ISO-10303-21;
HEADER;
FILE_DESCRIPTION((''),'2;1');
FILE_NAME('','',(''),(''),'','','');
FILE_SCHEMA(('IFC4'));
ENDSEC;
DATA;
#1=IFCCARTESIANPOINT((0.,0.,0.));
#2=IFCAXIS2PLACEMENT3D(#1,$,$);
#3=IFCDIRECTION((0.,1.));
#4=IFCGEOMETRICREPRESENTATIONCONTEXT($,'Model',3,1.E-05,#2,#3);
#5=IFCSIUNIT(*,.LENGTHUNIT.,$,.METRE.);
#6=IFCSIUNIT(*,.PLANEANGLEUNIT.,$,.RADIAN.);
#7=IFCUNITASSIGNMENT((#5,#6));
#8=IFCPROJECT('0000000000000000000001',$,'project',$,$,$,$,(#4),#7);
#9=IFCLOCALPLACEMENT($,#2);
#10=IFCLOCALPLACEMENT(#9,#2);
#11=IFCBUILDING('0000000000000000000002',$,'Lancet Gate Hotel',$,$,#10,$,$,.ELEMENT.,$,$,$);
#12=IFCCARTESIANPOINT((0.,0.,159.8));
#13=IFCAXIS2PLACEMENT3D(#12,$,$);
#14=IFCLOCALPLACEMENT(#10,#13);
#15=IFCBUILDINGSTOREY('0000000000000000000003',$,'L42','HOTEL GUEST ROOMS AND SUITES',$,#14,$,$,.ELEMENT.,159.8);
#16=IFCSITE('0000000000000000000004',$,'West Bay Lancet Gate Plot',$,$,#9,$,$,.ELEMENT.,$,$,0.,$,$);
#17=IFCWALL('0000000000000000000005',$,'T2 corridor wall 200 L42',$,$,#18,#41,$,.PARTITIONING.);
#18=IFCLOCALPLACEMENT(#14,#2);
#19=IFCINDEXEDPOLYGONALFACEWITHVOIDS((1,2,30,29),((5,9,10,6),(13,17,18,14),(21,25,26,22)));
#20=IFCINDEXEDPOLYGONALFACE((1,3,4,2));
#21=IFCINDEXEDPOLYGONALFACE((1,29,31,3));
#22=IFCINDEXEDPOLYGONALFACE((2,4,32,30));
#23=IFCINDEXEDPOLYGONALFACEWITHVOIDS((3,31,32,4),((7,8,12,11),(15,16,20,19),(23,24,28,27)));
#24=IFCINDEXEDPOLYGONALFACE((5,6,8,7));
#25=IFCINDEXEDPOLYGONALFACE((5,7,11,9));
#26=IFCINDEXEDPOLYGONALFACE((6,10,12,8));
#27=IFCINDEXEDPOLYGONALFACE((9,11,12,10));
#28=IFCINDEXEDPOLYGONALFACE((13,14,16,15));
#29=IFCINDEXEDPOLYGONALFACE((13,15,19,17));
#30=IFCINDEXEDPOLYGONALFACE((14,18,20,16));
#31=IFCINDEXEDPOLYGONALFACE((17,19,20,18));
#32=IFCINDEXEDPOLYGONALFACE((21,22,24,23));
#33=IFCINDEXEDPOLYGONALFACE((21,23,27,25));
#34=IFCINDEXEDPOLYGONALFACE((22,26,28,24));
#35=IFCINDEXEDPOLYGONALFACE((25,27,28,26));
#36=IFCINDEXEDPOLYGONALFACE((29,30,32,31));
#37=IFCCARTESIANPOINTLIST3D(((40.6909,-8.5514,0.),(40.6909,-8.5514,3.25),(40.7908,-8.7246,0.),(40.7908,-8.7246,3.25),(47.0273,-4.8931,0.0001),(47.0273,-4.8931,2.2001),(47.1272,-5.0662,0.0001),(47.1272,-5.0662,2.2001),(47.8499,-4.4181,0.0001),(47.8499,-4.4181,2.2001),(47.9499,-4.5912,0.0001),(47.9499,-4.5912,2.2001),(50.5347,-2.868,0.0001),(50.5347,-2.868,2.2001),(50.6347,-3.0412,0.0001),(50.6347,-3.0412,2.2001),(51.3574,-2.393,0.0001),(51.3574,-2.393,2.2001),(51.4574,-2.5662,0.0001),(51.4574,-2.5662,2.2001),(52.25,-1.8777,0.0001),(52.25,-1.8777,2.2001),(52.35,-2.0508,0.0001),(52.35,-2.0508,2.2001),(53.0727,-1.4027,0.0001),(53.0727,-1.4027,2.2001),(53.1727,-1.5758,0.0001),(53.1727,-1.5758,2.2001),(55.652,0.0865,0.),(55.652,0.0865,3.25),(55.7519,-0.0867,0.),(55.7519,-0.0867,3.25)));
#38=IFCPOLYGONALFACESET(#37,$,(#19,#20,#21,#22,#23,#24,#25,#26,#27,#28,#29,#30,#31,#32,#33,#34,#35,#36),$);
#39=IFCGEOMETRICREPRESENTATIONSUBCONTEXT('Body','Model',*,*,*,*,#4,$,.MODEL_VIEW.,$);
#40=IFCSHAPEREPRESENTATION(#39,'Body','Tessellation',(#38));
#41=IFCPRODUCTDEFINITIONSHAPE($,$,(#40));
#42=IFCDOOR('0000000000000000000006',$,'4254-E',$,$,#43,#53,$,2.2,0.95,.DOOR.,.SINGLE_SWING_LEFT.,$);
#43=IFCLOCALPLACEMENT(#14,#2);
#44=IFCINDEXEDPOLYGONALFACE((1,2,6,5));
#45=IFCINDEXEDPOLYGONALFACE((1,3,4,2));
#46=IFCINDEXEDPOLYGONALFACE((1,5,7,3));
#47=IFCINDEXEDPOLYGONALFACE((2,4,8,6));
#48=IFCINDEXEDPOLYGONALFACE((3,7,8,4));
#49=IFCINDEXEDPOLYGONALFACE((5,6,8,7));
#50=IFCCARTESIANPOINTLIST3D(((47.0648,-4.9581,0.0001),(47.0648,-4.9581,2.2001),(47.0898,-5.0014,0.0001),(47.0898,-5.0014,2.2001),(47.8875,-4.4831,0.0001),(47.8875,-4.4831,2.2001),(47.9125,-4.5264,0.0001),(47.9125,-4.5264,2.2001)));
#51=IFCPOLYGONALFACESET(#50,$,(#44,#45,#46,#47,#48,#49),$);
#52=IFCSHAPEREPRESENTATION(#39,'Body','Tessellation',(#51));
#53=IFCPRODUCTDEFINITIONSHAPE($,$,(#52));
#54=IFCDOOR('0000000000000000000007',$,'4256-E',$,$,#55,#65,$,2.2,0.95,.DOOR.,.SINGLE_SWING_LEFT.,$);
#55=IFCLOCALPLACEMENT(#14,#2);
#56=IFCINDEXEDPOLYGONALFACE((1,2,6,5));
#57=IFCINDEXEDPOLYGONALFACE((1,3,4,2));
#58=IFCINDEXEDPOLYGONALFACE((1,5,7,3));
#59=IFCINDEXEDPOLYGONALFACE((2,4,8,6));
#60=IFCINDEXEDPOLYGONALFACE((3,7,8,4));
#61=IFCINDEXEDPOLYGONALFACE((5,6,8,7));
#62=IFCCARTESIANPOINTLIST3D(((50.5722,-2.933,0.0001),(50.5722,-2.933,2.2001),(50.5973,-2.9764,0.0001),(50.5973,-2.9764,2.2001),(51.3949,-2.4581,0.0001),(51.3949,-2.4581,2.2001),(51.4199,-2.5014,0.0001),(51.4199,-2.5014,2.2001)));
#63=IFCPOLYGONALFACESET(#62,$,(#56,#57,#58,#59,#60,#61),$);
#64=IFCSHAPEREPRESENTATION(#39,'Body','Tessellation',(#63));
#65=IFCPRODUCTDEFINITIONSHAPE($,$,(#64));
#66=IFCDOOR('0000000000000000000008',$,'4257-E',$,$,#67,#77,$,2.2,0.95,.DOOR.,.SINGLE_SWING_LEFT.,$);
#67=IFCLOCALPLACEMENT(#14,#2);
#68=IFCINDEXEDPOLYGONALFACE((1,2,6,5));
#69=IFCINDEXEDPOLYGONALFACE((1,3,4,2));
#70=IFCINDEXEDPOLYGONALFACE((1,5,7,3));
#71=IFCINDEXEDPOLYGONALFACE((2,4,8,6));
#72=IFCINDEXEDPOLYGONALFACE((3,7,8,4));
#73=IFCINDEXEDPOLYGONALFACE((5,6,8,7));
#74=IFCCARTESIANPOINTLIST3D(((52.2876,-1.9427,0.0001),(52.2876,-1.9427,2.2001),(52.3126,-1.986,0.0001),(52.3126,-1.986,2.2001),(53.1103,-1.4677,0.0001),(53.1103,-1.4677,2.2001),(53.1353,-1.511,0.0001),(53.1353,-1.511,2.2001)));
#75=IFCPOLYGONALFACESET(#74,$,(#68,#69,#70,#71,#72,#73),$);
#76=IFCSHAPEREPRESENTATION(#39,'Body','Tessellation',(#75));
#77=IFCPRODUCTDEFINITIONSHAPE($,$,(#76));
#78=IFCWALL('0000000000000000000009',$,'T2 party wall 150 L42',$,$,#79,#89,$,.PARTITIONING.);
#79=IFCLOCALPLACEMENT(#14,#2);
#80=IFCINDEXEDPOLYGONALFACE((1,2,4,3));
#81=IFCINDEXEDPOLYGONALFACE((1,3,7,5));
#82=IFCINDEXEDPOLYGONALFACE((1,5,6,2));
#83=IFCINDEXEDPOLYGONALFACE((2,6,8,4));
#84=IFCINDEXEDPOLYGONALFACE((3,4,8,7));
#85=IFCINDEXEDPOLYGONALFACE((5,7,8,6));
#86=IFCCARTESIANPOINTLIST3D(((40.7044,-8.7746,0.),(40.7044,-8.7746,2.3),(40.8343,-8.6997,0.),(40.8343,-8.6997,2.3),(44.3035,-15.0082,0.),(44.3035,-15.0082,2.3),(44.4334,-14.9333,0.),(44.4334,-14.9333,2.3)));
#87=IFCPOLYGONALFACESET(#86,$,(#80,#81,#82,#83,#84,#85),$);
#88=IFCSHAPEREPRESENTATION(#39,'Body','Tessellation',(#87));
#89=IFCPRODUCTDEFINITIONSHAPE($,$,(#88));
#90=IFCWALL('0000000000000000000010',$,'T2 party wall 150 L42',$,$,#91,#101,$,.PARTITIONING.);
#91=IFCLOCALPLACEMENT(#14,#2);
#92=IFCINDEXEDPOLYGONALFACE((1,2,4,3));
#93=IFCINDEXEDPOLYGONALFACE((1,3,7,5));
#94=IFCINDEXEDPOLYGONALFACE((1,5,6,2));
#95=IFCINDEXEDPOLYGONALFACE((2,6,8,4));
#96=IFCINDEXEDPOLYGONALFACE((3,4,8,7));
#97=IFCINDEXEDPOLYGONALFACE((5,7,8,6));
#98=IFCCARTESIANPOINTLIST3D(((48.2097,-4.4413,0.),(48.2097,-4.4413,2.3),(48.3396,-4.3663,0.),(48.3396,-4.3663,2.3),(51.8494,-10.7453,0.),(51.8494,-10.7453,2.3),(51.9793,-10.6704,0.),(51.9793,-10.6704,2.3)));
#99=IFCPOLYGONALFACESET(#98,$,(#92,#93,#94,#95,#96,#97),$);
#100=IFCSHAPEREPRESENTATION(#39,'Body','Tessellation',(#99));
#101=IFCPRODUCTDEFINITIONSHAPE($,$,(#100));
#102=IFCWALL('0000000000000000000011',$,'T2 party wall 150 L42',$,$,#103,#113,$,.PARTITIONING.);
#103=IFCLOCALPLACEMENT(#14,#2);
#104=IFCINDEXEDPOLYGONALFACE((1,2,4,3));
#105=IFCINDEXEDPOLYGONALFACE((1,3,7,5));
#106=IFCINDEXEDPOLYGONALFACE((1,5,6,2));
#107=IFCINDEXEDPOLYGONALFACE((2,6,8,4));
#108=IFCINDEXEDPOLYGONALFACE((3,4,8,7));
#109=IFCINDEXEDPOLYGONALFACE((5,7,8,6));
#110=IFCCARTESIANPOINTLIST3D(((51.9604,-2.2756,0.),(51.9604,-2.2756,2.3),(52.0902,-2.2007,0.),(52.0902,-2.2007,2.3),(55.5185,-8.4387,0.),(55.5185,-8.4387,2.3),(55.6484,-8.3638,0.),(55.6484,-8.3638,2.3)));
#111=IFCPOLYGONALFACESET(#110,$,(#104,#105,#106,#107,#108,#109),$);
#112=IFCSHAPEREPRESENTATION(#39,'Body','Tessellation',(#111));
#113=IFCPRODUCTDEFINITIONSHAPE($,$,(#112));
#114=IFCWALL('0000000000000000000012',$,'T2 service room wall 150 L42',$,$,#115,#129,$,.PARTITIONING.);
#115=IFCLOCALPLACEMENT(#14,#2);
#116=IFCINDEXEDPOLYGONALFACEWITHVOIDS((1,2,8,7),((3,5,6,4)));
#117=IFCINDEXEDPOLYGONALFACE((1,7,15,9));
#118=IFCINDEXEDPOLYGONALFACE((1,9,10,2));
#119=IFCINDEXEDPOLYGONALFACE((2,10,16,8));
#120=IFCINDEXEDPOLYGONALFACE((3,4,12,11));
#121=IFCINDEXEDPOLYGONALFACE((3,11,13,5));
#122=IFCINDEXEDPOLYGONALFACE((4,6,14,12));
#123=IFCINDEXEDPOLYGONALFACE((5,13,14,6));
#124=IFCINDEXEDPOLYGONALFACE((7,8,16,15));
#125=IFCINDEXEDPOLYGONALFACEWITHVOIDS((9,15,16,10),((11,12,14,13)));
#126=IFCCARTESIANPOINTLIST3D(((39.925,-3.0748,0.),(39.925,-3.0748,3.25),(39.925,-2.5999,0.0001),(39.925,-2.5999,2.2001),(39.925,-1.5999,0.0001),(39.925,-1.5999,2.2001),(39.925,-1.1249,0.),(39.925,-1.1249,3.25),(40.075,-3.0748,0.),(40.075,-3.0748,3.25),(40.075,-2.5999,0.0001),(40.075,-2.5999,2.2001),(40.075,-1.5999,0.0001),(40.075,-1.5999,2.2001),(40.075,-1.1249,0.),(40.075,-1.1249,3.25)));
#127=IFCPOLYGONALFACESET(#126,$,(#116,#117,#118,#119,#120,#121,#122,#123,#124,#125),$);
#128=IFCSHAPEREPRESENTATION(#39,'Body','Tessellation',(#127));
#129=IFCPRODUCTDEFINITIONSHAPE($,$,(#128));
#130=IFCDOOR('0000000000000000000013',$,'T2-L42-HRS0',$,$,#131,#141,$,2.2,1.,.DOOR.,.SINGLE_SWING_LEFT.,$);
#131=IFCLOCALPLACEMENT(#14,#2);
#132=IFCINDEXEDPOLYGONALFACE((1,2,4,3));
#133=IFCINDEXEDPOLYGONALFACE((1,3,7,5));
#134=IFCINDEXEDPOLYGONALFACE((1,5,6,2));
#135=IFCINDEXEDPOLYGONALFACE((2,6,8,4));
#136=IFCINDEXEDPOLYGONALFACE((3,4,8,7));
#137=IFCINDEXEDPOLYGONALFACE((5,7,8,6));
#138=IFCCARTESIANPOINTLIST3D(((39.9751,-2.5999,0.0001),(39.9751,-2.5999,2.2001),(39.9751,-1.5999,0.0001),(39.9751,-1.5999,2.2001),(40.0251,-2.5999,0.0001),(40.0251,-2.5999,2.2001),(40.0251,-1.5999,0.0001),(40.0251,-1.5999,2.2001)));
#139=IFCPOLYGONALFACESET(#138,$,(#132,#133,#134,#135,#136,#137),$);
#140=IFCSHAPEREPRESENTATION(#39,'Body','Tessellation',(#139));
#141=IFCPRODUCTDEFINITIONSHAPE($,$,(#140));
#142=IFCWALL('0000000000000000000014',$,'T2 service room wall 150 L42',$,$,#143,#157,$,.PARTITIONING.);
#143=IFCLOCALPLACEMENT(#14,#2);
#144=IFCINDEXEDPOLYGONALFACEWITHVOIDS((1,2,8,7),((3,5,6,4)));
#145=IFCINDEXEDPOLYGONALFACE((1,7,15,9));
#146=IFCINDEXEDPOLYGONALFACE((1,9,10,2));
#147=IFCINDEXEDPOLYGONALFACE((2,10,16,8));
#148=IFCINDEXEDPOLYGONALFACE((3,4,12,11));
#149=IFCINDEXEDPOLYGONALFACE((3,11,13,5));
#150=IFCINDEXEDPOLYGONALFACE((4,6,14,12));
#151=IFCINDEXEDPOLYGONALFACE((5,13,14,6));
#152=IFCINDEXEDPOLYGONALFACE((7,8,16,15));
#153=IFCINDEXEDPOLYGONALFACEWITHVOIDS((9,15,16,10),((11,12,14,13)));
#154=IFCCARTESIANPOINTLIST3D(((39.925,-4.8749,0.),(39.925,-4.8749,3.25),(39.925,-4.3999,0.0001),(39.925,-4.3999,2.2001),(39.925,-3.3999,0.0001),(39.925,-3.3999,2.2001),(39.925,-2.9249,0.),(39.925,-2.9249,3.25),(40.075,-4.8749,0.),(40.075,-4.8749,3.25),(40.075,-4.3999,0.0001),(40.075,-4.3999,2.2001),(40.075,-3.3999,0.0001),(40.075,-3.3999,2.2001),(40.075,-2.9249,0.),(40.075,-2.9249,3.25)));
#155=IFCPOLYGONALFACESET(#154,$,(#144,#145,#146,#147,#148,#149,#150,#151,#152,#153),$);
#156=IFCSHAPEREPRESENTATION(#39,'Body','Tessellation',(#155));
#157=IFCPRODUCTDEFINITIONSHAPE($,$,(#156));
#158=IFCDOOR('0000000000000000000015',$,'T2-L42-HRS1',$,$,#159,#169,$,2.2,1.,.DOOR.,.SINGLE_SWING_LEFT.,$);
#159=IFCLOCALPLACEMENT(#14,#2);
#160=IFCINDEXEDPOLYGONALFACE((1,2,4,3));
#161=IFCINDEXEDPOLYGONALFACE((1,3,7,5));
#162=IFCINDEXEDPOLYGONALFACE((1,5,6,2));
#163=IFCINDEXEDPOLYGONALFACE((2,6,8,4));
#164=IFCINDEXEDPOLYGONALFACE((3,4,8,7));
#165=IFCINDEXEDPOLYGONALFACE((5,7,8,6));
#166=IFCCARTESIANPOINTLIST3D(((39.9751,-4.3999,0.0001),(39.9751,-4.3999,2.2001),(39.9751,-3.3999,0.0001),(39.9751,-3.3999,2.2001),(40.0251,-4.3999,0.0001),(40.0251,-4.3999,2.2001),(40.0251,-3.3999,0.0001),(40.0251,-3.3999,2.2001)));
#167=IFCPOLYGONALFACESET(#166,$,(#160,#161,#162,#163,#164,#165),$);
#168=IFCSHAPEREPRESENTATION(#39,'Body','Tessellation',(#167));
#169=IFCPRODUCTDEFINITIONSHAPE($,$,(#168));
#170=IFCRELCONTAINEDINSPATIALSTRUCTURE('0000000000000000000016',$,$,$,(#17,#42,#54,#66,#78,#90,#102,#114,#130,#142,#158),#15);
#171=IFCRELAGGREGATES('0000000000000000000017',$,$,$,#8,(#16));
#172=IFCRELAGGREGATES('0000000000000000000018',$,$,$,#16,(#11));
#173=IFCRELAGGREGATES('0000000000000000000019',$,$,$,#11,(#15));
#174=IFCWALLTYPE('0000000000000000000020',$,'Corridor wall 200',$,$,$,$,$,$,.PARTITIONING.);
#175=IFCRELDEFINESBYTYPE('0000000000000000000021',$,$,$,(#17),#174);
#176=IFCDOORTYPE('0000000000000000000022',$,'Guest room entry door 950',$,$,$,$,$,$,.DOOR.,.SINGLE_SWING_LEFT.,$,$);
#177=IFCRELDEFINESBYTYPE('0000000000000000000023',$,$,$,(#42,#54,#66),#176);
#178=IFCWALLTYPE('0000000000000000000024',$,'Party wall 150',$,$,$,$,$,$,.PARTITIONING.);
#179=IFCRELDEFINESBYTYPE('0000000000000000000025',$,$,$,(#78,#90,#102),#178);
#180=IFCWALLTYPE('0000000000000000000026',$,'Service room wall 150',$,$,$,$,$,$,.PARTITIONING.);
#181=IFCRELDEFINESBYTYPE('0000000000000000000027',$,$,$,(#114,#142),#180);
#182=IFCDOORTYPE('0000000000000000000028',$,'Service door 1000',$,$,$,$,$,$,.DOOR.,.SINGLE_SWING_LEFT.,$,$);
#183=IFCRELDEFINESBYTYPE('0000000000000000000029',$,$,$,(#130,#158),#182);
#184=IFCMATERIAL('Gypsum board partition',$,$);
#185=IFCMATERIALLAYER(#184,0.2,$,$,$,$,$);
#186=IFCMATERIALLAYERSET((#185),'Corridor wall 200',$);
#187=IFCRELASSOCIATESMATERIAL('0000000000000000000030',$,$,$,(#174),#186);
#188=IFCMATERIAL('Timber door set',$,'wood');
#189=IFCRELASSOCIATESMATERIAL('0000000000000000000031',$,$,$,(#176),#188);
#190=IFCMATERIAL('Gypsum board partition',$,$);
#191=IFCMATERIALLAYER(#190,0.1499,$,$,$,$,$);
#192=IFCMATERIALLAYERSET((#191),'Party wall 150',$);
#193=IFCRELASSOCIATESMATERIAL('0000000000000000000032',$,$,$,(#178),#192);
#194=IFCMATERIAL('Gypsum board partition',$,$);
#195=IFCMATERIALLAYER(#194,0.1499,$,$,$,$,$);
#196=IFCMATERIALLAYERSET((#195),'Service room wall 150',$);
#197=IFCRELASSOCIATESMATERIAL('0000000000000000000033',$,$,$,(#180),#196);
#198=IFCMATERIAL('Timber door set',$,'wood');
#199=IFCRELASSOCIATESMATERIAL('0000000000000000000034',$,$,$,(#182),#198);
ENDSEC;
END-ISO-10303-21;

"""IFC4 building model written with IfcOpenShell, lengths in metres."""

from ifc_helpers import new_model, si_unit, direction, frame, frame_2d, origin, place, context, subcontext, project, spatial, rectangle, extrude, material, layer, layer_set, type_object, element, fill, save


model = new_model("IFC4")

# Units and contexts
model_context = context("Model", 3, precision=1e-05, world=origin(), true_north=direction((0.0, 1.0)))
body_context = subcontext(model_context, "Body", "Model", "MODEL_VIEW")
ifc_project = project(units=[si_unit("LENGTHUNIT", "METRE"), si_unit("PLANEANGLEUNIT", "RADIAN")], contexts=[model_context])

# Site, building, storey
site_placement = place(None, origin())
site = spatial("IfcSite", under=ifc_project, at=site_placement, Name="West Bay Lancet Gate Plot", CompositionType="ELEMENT", RefElevation=0.0)
building_placement = place(site_placement, origin())
building = spatial("IfcBuilding", under=site, at=building_placement, Name="Lancet Gate Hotel", CompositionType="ELEMENT")
storey_placement = place(building_placement, frame((0.0, 0.0, 159.8)))
storey = spatial("IfcBuildingStorey", under=building, at=storey_placement, Name="L42", Description="HOTEL GUEST ROOMS AND SUITES", CompositionType="ELEMENT", Elevation=159.8)

# Wall, openings, doors
ifc_material_1 = material(Name="Gypsum board partition")
ifc_layer_1 = layer(ifc_material_1, 0.2)
ifc_layer_set_1 = layer_set([ifc_layer_1], Name="Corridor wall 200")
wall_type_1 = type_object("IfcWallType", Name="Corridor wall 200", PredefinedType="PARTITIONING", material=ifc_layer_set_1)
wall_1_placement = place(storey_placement, frame((40.741, -8.6379, 0.0), z_axis=(0.0, 0.0, 1.0), x_axis=(0.866023, 0.500004, 0.0)))
wall_1 = element("IfcWall", 1, at=wall_1_placement, inside=storey, type_object=wall_type_1, Name="T2 corridor wall 200 L42", PredefinedType="PARTITIONING", context=body_context, shape_type="SweptSolid", body=[
    extrude(rectangle(XDim=17.2756, YDim=0.2, at=frame_2d((8.6377, 0.0))), origin(), (0.0, 0.0, 1.0), 3.25),
])
opening_1_placement = place(wall_1_placement, frame((7.3164, 0.0, 0.0)))
opening_1 = element("IfcOpeningElement", 2, at=opening_1_placement, cuts=wall_1, PredefinedType="OPENING", context=body_context, shape_type="SweptSolid", body=[
    extrude(rectangle(XDim=0.95, YDim=2.2, at=frame_2d((0.4751, 1.1001))), frame((0.0, 0.1099, 0.0), z_axis=(0.0, -1.0, 0.0), x_axis=(1.0, 0.0, 0.0)), (0.0, 0.0, 1.0), 0.22),
])
opening_2_placement = place(wall_1_placement, frame((11.3665, 0.0, 0.0)))
opening_2 = element("IfcOpeningElement", 3, at=opening_2_placement, cuts=wall_1, PredefinedType="OPENING", context=body_context, shape_type="SweptSolid", body=[
    extrude(rectangle(XDim=0.95, YDim=2.2, at=frame_2d((0.4751, 1.1001))), frame((0.0, 0.1099, 0.0), z_axis=(0.0, -1.0, 0.0), x_axis=(1.0, 0.0, 0.0)), (0.0, 0.0, 1.0), 0.22),
])
opening_3_placement = place(wall_1_placement, frame((13.3472, 0.0, 0.0)))
opening_3 = element("IfcOpeningElement", 4, at=opening_3_placement, cuts=wall_1, PredefinedType="OPENING", context=body_context, shape_type="SweptSolid", body=[
    extrude(rectangle(XDim=0.95, YDim=2.2, at=frame_2d((0.4751, 1.1001))), frame((0.0, 0.1099, 0.0), z_axis=(0.0, -1.0, 0.0), x_axis=(1.0, 0.0, 0.0)), (0.0, 0.0, 1.0), 0.22),
])
ifc_material_2 = material(Name="Timber door set", Category="wood")
door_type_1 = type_object("IfcDoorType", Name="Guest room entry door 950", OperationType="SINGLE_SWING_LEFT", PredefinedType="DOOR", material=ifc_material_2)
door_1_placement = place(opening_1_placement, origin())
door_1 = element("IfcDoor", 5, at=door_1_placement, inside=storey, type_object=door_type_1, Name="4254-E", OperationType="SINGLE_SWING_LEFT", OverallHeight=2.2, OverallWidth=0.95, PredefinedType="DOOR", context=body_context, shape_type="SweptSolid", body=[
    extrude(rectangle(XDim=0.95, YDim=2.2, at=frame_2d((0.4751, 1.1001))), frame((0.0, 0.0249, 0.0), z_axis=(0.0, -1.0, 0.0), x_axis=(1.0, 0.0, 0.0)), (0.0, 0.0, 1.0), 0.05),
])
fill(opening_1, door_1)
door_2_placement = place(opening_2_placement, origin())
door_2 = element("IfcDoor", 6, at=door_2_placement, inside=storey, type_object=door_type_1, Name="4256-E", OperationType="SINGLE_SWING_LEFT", OverallHeight=2.2, OverallWidth=0.95, PredefinedType="DOOR", context=body_context, shape_type="SweptSolid", body=[
    extrude(rectangle(XDim=0.95, YDim=2.2, at=frame_2d((0.4751, 1.1001))), frame((0.0, 0.0249, 0.0), z_axis=(0.0, -1.0, 0.0), x_axis=(1.0, 0.0, 0.0)), (0.0, 0.0, 1.0), 0.05),
])
fill(opening_2, door_2)
door_3_placement = place(opening_3_placement, origin())
door_3 = element("IfcDoor", 7, at=door_3_placement, inside=storey, type_object=door_type_1, Name="4257-E", OperationType="SINGLE_SWING_LEFT", OverallHeight=2.2, OverallWidth=0.95, PredefinedType="DOOR", context=body_context, shape_type="SweptSolid", body=[
    extrude(rectangle(XDim=0.95, YDim=2.2, at=frame_2d((0.4751, 1.1001))), frame((0.0, 0.0249, 0.0), z_axis=(0.0, -1.0, 0.0), x_axis=(1.0, 0.0, 0.0)), (0.0, 0.0, 1.0), 0.05),
])
fill(opening_3, door_3)

# Walls
ifc_material_3 = material(Name="Gypsum board partition")
ifc_layer_2 = layer(ifc_material_3, 0.1499)
ifc_layer_set_2 = layer_set([ifc_layer_2], Name="Party wall 150")
wall_type_2 = type_object("IfcWallType", Name="Party wall 150", PredefinedType="PARTITIONING", material=ifc_layer_set_2)
wall_2_placement = place(storey_placement, frame((40.7693, -8.7371, 0.0), z_axis=(0.0, 0.0, 1.0), x_axis=(0.500013, -0.866018, 0.0)))
element("IfcWall", 8, at=wall_2_placement, inside=storey, type_object=wall_type_2, Name="T2 party wall 150 L42", PredefinedType="PARTITIONING", context=body_context, shape_type="SweptSolid", body=[
    extrude(rectangle(XDim=7.198, YDim=0.1499, at=frame_2d((3.5991, 0.0))), origin(), (0.0, 0.0, 1.0), 2.3),
])
wall_3_placement = place(storey_placement, frame((48.2747, -4.4038, 0.0), z_axis=(0.0, 0.0, 1.0), x_axis=(0.500006, -0.866022, 0.0)))
element("IfcWall", 9, at=wall_3_placement, inside=storey, type_object=wall_type_2, Name="T2 party wall 150 L42", PredefinedType="PARTITIONING", context=body_context, shape_type="SweptSolid", body=[
    extrude(rectangle(XDim=7.2793, YDim=0.1499, at=frame_2d((3.6396, 0.0))), origin(), (0.0, 0.0, 1.0), 2.3),
])
wall_4_placement = place(storey_placement, frame((52.0254, -2.2383, 0.0), z_axis=(0.0, 0.0, 1.0), x_axis=(0.499984, -0.866035, 0.0)))
element("IfcWall", 10, at=wall_4_placement, inside=storey, type_object=wall_type_2, Name="T2 party wall 150 L42", PredefinedType="PARTITIONING", context=body_context, shape_type="SweptSolid", body=[
    extrude(rectangle(XDim=7.1165, YDim=0.1499, at=frame_2d((3.5581, 0.0))), origin(), (0.0, 0.0, 1.0), 2.3),
])

# Walls, openings, doors
ifc_material_4 = material(Name="Gypsum board partition")
ifc_layer_3 = layer(ifc_material_4, 0.1499)
ifc_layer_set_3 = layer_set([ifc_layer_3], Name="Service room wall 150")
wall_type_3 = type_object("IfcWallType", Name="Service room wall 150", PredefinedType="PARTITIONING", material=ifc_layer_set_3)
wall_5_placement = place(storey_placement, frame((40.0, -3.075, 0.0), z_axis=(0.0, 0.0, 1.0), x_axis=(0.0, 1.0, 0.0)))
wall_5 = element("IfcWall", 11, at=wall_5_placement, inside=storey, type_object=wall_type_3, Name="T2 service room wall 150 L42", PredefinedType="PARTITIONING", context=body_context, shape_type="SweptSolid", body=[
    extrude(rectangle(XDim=1.95, YDim=0.1499, at=frame_2d((0.9751, 0.0))), origin(), (0.0, 0.0, 1.0), 3.25),
])
opening_4_placement = place(wall_5_placement, frame((0.4751, 0.0, 0.0)))
opening_4 = element("IfcOpeningElement", 12, at=opening_4_placement, cuts=wall_5, PredefinedType="OPENING", context=body_context, shape_type="SweptSolid", body=[
    extrude(rectangle(XDim=1.0, YDim=2.2, at=frame_2d((0.5, 1.1001))), frame((0.0, 0.085, 0.0), z_axis=(0.0, -1.0, 0.0), x_axis=(1.0, 0.0, 0.0)), (0.0, 0.0, 1.0), 0.1699),
])
ifc_material_5 = material(Name="Timber door set", Category="wood")
door_type_2 = type_object("IfcDoorType", Name="Service door 1000", OperationType="SINGLE_SWING_LEFT", PredefinedType="DOOR", material=ifc_material_5)
door_4_placement = place(opening_4_placement, origin())
door_4 = element("IfcDoor", 13, at=door_4_placement, inside=storey, type_object=door_type_2, Name="T2-L42-HRS0", OperationType="SINGLE_SWING_LEFT", OverallHeight=2.2, OverallWidth=1.0, PredefinedType="DOOR", context=body_context, shape_type="SweptSolid", body=[
    extrude(rectangle(XDim=1.0, YDim=2.2, at=frame_2d((0.5, 1.1001))), frame((0.0, 0.0249, 0.0), z_axis=(0.0, -1.0, 0.0), x_axis=(1.0, 0.0, 0.0)), (0.0, 0.0, 1.0), 0.05),
])
fill(opening_4, door_4)
wall_6_placement = place(storey_placement, frame((40.0, -4.875, 0.0), z_axis=(0.0, 0.0, 1.0), x_axis=(0.0, 1.0, 0.0)))
wall_6 = element("IfcWall", 14, at=wall_6_placement, inside=storey, type_object=wall_type_3, Name="T2 service room wall 150 L42", PredefinedType="PARTITIONING", context=body_context, shape_type="SweptSolid", body=[
    extrude(rectangle(XDim=1.95, YDim=0.1499, at=frame_2d((0.9751, 0.0))), origin(), (0.0, 0.0, 1.0), 3.25),
])
opening_5_placement = place(wall_6_placement, frame((0.4751, 0.0, 0.0)))
opening_5 = element("IfcOpeningElement", 15, at=opening_5_placement, cuts=wall_6, PredefinedType="OPENING", context=body_context, shape_type="SweptSolid", body=[
    extrude(rectangle(XDim=1.0, YDim=2.2, at=frame_2d((0.5, 1.1001))), frame((0.0, 0.085, 0.0), z_axis=(0.0, -1.0, 0.0), x_axis=(1.0, 0.0, 0.0)), (0.0, 0.0, 1.0), 0.1699),
])
door_5_placement = place(opening_5_placement, origin())
door_5 = element("IfcDoor", 16, at=door_5_placement, inside=storey, type_object=door_type_2, Name="T2-L42-HRS1", OperationType="SINGLE_SWING_LEFT", OverallHeight=2.2, OverallWidth=1.0, PredefinedType="DOOR", context=body_context, shape_type="SweptSolid", body=[
    extrude(rectangle(XDim=1.0, YDim=2.2, at=frame_2d((0.5, 1.1001))), frame((0.0, 0.0249, 0.0), z_axis=(0.0, -1.0, 0.0), x_axis=(1.0, 0.0, 0.0)), (0.0, 0.0, 1.0), 0.05),
])
fill(opening_5, door_5)

save(model, "model.ifc")
